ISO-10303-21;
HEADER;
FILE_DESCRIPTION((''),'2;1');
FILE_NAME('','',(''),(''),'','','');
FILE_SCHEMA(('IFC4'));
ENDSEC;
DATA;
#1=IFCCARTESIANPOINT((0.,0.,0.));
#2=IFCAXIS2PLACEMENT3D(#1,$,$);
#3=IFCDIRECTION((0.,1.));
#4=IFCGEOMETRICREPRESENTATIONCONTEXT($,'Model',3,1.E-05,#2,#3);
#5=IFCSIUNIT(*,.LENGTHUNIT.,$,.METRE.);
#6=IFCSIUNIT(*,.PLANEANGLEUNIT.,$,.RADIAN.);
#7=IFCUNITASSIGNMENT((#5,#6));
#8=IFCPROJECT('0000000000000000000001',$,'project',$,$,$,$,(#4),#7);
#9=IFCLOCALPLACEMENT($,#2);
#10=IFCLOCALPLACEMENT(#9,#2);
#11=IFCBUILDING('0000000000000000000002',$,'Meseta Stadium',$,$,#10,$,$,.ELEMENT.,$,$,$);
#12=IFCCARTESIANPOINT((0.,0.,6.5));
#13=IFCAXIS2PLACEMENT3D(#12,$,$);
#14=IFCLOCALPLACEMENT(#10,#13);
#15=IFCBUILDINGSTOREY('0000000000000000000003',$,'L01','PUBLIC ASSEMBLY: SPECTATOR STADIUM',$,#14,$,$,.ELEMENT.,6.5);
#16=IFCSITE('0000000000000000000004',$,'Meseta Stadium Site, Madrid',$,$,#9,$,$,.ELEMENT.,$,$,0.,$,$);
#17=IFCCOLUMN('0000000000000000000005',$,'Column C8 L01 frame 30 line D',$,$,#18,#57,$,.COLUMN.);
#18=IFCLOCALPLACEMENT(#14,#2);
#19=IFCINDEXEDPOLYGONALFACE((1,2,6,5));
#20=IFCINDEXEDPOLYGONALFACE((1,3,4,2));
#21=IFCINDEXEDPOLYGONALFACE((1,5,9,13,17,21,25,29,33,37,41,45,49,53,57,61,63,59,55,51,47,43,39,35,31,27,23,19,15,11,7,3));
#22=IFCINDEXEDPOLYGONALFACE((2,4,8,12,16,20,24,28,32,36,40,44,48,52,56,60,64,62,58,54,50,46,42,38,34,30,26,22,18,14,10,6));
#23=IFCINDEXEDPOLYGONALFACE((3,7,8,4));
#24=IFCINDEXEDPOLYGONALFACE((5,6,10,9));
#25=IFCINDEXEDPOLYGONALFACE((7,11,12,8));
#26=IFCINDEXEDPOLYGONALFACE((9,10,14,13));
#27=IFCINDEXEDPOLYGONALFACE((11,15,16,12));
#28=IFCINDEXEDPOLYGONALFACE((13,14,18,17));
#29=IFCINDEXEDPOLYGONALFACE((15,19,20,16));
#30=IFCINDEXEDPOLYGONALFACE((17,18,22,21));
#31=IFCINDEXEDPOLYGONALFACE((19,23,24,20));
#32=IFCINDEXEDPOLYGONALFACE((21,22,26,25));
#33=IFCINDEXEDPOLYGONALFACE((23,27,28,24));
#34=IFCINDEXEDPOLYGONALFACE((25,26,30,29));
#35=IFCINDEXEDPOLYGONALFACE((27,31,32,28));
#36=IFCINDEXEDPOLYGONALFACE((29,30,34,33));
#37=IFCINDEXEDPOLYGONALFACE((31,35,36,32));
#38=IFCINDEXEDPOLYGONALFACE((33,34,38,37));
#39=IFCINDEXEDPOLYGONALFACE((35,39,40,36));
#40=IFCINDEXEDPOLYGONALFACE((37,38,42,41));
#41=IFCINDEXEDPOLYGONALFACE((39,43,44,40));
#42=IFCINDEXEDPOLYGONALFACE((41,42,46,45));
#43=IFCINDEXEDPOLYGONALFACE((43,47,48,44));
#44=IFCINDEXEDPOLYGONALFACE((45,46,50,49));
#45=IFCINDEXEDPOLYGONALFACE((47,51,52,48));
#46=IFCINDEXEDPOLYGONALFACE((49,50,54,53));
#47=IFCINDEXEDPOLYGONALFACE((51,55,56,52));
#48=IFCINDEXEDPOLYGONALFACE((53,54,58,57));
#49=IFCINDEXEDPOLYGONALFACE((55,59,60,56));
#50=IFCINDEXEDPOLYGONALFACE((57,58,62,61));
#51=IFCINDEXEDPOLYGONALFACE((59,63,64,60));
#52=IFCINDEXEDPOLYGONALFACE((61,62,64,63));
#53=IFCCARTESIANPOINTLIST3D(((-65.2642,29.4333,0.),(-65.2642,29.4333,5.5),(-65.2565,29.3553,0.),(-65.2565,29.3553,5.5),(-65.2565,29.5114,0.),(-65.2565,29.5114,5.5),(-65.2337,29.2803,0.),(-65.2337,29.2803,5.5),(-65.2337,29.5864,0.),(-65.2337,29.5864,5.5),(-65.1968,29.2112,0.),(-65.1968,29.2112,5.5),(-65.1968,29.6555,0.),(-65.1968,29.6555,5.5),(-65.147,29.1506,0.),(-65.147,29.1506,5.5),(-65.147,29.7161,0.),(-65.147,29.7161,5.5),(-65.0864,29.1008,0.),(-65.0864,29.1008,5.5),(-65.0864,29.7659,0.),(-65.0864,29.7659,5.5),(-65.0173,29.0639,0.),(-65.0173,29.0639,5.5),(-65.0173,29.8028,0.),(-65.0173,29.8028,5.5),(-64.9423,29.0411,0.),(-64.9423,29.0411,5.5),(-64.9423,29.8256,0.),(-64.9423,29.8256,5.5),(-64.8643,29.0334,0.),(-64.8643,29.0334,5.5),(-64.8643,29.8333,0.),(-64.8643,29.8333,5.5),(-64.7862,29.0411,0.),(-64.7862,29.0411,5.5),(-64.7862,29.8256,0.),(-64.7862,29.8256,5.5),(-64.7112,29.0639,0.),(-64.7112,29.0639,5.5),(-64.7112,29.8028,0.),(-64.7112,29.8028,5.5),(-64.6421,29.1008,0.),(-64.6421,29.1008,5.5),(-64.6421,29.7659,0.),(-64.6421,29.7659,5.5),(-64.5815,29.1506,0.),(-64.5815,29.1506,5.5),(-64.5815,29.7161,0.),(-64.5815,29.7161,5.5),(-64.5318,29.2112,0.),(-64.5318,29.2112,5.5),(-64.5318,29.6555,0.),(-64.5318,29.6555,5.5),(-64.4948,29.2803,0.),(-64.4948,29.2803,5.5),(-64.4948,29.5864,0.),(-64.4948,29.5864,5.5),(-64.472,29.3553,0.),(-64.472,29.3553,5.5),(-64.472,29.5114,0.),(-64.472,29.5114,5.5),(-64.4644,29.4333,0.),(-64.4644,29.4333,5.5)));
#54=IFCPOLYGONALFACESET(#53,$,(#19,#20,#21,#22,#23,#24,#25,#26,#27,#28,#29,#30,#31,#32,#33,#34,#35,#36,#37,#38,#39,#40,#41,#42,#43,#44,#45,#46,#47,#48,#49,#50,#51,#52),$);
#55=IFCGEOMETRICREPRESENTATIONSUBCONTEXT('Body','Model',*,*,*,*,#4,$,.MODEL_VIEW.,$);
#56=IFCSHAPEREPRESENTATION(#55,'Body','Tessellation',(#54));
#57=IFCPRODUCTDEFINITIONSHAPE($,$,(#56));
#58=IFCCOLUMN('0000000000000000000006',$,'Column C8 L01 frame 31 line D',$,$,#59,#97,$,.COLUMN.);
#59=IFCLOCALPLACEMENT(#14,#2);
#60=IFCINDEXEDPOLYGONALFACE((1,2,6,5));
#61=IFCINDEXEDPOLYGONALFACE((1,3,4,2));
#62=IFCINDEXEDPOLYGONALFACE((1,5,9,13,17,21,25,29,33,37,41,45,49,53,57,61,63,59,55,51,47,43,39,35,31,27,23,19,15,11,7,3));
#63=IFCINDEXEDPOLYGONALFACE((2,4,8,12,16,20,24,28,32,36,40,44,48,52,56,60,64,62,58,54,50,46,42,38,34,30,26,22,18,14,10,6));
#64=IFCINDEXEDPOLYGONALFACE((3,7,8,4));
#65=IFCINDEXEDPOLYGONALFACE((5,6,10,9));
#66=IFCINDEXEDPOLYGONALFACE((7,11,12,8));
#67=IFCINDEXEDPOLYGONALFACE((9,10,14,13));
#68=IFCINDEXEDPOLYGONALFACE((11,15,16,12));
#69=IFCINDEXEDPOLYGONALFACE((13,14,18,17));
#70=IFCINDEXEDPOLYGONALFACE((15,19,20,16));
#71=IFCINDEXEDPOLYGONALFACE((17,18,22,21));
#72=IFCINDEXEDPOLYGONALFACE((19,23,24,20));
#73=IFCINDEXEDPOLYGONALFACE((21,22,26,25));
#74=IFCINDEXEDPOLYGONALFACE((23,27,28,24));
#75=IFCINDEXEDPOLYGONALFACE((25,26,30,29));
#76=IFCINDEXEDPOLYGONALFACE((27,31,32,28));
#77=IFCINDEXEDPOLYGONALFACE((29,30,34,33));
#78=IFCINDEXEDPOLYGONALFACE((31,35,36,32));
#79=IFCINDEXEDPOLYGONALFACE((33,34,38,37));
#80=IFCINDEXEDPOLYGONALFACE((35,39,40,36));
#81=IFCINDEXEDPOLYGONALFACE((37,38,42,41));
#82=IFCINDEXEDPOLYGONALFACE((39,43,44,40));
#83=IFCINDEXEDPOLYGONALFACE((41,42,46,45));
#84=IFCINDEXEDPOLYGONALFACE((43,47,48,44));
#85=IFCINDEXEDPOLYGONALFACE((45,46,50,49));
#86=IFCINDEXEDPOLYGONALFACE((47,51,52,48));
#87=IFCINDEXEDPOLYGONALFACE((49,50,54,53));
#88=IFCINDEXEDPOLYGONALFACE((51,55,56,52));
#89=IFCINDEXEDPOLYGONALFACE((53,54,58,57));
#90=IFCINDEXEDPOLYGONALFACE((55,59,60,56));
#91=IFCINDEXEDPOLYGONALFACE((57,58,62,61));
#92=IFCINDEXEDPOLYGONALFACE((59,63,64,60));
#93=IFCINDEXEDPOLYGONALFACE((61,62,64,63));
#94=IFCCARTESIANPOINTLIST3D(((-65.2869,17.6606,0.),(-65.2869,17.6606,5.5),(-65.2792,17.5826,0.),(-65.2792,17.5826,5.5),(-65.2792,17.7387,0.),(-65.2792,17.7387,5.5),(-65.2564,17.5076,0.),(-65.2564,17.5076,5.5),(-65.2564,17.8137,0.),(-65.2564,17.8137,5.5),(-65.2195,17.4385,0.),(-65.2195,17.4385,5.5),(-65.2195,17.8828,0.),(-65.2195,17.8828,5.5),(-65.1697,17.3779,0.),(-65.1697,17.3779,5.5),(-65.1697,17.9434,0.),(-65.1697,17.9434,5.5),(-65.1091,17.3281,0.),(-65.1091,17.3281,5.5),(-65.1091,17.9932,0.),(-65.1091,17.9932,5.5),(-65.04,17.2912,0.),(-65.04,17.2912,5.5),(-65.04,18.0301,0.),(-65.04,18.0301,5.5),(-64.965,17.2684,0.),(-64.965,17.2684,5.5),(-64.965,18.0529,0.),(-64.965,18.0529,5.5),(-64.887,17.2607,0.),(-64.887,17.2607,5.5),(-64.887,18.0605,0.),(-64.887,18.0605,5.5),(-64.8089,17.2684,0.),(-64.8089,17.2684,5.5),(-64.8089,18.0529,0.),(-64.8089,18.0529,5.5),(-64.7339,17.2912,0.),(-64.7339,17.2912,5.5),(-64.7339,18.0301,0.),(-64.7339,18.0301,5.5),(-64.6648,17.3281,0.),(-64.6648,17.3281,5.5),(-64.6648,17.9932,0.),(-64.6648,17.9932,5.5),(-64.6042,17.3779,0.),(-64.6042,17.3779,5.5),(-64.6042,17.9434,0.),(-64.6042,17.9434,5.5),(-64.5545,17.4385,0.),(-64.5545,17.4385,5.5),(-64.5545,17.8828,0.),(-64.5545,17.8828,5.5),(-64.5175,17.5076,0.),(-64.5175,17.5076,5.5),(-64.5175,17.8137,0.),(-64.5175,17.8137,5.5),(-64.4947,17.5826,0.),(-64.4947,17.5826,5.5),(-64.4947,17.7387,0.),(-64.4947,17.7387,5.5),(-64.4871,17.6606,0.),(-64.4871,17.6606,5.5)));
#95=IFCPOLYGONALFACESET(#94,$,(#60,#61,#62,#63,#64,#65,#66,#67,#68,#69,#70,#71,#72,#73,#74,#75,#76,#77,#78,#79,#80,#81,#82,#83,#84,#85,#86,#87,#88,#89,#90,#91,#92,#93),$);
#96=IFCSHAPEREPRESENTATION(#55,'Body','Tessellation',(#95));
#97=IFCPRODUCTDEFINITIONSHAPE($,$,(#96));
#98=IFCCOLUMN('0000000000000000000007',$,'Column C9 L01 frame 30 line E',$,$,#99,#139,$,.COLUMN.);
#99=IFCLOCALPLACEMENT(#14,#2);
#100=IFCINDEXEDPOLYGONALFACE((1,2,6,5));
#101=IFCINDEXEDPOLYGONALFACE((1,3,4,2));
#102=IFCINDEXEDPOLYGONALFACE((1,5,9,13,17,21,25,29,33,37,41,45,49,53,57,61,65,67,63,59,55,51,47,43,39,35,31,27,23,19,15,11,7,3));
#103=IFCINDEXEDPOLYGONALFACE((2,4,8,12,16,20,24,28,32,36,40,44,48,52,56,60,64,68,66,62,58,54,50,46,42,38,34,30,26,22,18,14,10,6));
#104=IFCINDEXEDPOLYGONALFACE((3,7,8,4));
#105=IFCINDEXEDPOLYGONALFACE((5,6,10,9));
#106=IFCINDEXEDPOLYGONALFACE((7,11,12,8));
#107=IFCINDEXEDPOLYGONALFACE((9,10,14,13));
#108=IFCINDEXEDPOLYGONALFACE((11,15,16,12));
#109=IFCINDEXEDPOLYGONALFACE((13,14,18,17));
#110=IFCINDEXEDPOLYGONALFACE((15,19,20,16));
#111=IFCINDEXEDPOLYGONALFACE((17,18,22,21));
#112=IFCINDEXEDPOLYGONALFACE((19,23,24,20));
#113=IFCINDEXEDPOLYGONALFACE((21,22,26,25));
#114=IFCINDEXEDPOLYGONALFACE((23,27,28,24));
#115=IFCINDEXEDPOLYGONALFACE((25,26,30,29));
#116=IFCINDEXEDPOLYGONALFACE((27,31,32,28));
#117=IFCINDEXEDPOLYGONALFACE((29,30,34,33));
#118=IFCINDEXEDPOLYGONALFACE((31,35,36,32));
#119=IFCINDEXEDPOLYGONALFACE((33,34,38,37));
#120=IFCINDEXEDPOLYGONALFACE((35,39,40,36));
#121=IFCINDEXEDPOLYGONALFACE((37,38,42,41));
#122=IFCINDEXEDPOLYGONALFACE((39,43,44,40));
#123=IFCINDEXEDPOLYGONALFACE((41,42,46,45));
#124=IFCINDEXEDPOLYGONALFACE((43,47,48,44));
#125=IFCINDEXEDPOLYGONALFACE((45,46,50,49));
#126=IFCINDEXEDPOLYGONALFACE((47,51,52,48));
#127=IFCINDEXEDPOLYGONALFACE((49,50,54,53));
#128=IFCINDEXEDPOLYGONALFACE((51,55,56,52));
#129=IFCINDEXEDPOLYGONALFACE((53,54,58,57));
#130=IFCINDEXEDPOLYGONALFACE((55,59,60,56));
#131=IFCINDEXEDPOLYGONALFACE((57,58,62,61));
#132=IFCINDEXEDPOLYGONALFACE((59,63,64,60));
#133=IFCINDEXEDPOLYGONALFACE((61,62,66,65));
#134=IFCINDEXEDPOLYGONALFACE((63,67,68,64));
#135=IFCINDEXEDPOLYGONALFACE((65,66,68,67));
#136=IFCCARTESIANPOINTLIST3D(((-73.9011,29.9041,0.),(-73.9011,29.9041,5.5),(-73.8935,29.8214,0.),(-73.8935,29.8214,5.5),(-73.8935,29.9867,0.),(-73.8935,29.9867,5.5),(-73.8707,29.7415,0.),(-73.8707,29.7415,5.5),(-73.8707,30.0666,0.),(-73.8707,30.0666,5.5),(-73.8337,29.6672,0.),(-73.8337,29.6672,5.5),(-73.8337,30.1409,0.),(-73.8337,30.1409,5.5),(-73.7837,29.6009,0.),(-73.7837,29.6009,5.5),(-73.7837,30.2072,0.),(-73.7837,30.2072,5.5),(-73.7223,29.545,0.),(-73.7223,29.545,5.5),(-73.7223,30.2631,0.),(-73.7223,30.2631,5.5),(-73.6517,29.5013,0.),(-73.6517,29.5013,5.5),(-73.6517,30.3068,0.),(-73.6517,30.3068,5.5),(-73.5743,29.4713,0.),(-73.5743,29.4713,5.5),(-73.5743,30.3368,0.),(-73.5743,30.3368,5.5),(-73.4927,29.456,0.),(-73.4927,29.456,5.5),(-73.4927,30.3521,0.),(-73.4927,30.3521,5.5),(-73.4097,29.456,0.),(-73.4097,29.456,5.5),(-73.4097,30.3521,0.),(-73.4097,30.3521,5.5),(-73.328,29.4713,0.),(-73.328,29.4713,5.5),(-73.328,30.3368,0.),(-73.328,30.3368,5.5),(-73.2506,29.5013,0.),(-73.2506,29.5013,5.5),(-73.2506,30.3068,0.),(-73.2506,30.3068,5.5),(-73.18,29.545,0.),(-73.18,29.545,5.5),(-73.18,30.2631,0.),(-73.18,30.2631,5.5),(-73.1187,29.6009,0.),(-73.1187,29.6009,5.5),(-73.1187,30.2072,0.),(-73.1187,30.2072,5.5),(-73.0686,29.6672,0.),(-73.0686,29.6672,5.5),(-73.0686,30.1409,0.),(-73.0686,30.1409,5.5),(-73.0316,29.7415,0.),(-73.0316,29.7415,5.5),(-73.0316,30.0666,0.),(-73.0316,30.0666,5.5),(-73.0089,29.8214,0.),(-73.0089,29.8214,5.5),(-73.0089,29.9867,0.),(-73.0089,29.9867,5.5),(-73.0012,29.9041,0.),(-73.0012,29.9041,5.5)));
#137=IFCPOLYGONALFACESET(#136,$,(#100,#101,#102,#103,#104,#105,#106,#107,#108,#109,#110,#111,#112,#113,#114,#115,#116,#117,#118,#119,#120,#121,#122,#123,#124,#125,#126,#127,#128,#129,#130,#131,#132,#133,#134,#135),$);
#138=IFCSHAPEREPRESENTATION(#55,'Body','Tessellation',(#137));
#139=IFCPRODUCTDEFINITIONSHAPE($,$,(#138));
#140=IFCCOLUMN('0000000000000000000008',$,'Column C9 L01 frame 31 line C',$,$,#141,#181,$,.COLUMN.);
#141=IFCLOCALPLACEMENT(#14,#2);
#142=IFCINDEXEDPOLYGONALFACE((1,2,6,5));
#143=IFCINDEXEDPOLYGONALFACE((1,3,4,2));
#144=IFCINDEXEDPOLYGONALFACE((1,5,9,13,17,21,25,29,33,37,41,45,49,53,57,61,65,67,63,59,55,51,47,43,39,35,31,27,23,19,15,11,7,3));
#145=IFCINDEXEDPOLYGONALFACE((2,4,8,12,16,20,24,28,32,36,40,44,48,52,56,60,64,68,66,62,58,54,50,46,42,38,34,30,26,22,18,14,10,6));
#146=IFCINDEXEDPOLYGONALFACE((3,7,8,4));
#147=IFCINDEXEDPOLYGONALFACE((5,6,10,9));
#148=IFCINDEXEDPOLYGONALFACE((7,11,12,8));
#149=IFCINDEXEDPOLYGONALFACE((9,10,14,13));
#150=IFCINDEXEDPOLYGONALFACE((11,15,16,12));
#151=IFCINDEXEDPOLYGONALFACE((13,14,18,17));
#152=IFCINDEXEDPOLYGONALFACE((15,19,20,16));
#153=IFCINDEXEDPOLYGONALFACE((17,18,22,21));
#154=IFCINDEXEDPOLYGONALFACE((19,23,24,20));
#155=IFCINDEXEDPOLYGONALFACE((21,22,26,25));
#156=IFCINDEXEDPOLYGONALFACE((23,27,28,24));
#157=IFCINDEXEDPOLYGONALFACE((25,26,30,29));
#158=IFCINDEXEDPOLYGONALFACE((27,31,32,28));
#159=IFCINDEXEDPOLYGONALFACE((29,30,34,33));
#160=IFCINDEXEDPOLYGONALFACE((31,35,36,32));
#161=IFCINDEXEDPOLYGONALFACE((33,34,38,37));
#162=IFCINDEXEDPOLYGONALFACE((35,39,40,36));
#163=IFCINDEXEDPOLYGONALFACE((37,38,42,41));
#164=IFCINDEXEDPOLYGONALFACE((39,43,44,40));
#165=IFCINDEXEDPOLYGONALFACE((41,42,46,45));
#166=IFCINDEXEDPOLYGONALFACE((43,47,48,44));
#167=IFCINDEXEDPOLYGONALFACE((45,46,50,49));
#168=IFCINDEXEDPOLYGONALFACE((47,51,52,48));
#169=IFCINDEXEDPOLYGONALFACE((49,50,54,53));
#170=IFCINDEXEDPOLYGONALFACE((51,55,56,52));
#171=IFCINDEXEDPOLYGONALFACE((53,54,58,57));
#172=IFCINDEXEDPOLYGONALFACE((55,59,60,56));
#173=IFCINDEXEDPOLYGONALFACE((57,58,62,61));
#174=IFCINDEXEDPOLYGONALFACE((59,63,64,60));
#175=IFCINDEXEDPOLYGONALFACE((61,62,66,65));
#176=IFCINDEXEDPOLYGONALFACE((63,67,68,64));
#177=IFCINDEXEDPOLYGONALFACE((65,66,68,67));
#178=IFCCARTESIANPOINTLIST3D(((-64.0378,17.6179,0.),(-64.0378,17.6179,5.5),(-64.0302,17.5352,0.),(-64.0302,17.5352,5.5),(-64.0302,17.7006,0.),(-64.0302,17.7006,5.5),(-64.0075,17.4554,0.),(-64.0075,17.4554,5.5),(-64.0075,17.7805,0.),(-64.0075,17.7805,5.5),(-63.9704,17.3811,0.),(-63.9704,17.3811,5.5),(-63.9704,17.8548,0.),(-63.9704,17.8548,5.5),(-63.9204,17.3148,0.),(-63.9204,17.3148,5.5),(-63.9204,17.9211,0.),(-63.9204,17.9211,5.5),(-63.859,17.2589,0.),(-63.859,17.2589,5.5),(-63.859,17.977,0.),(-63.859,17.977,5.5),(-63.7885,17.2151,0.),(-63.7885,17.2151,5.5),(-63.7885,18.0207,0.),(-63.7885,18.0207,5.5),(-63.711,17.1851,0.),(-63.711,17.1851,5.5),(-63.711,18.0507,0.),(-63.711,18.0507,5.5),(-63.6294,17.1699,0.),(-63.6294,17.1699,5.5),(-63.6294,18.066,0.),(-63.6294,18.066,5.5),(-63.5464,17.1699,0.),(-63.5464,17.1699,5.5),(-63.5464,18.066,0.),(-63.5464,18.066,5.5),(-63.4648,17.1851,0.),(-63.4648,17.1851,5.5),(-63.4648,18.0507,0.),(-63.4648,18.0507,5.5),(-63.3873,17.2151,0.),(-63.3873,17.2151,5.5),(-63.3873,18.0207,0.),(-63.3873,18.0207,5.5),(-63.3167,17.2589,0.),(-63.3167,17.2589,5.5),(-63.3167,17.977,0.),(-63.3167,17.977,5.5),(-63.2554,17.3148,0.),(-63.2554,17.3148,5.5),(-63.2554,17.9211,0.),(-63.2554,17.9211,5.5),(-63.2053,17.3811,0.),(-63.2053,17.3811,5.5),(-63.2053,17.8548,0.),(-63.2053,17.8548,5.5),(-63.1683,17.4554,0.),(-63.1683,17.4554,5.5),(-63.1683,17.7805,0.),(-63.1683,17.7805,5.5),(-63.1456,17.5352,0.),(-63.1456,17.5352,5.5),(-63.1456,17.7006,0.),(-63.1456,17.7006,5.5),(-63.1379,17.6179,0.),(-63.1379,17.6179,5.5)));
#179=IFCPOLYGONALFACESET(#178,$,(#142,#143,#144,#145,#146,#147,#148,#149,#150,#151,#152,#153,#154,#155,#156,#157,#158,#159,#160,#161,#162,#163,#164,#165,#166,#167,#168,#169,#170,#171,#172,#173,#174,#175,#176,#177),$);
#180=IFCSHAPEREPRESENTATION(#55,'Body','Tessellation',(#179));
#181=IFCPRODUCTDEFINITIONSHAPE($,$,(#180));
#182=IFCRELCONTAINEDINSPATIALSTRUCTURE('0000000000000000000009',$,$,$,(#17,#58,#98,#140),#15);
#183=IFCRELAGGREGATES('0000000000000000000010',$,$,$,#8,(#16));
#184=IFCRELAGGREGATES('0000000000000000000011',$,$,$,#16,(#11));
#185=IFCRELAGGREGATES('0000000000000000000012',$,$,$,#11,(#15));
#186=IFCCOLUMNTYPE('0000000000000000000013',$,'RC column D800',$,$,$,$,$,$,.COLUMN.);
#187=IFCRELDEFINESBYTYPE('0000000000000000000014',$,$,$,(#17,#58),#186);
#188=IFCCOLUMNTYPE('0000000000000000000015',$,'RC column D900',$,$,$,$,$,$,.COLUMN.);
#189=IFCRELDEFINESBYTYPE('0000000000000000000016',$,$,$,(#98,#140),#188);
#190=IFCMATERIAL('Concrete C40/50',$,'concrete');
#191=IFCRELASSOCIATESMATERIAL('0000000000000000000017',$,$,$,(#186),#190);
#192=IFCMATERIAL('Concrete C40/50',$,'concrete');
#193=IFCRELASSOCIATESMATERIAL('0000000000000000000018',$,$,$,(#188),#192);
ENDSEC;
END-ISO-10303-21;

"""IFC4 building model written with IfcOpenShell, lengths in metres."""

from ifc_helpers import new_model, si_unit, direction, frame, origin, origin_2d, place, context, subcontext, project, spatial, circle, extrude, material, material_profile, profile_set, type_object, element, save


model = new_model("IFC4")

# Units and contexts
model_context = context("Model", 3, precision=1e-05, world=origin(), true_north=direction((0.0, 1.0)))
body_context = subcontext(model_context, "Body", "Model", "MODEL_VIEW")
ifc_project = project(units=[si_unit("LENGTHUNIT", "METRE"), si_unit("PLANEANGLEUNIT", "RADIAN")], contexts=[model_context])

# Site, building, storey
site_placement = place(None, origin())
site = spatial("IfcSite", under=ifc_project, at=site_placement, Name="Meseta Stadium Site, Madrid", CompositionType="ELEMENT", RefElevation=0.0)
building_placement = place(site_placement, origin())
building = spatial("IfcBuilding", under=site, at=building_placement, Name="Meseta Stadium", CompositionType="ELEMENT")
storey_placement = place(building_placement, frame((0.0, 0.0, 6.5)))
storey = spatial("IfcBuildingStorey", under=building, at=storey_placement, Name="L01", Description="PUBLIC ASSEMBLY: SPECTATOR STADIUM", CompositionType="ELEMENT", Elevation=6.5)

# Columns
ifc_material_1 = material(Name="Concrete C40/50", Category="concrete")
ifc_material_profile_1 = material_profile(ifc_material_1, circle(Radius=0.3999, at=origin_2d()), Name="RC D800")
ifc_profile_set_1 = profile_set([ifc_material_profile_1], Name="Concrete C40/50")
column_type_1 = type_object("IfcColumnType", Name="RC column D800", PredefinedType="COLUMN", material=ifc_profile_set_1)
for number, where, z_axis, x_axis, name in (
    (1, (-64.8643, 29.4333, 0.0), (0.0, 0.0, 1.0), (1.0, 0.0, 0.0), "Column C8 L01 frame 30 line D"),
    (2, (-64.887, 17.6606, 0.0), (0.0, 0.0, 1.0), (1.0, 0.0, 0.0), "Column C8 L01 frame 31 line D"),
):
    element("IfcColumn", number, at=place(storey_placement, frame(where, z_axis=z_axis, x_axis=x_axis)), inside=storey, type_object=column_type_1, Name=name, PredefinedType="COLUMN", context=body_context, shape_type="SweptSolid", body=[
        extrude(circle(Radius=0.3999, at=origin_2d()), origin(), (0.0, 0.0, 1.0), 5.5),
    ])
ifc_material_2 = material(Name="Concrete C40/50", Category="concrete")
ifc_material_profile_2 = material_profile(ifc_material_2, circle(Radius=0.45, at=origin_2d()), Name="RC D900")
ifc_profile_set_2 = profile_set([ifc_material_profile_2], Name="Concrete C40/50")
column_type_2 = type_object("IfcColumnType", Name="RC column D900", PredefinedType="COLUMN", material=ifc_profile_set_2)
for number, where, z_axis, x_axis, name in (
    (3, (-73.4512, 29.9041, 0.0), (0.0, 0.0, 1.0), (1.0, 0.0, 0.0), "Column C9 L01 frame 30 line E"),
    (4, (-63.5879, 17.6179, 0.0), (0.0, 0.0, 1.0), (1.0, 0.0, 0.0), "Column C9 L01 frame 31 line C"),
):
    element("IfcColumn", number, at=place(storey_placement, frame(where, z_axis=z_axis, x_axis=x_axis)), inside=storey, type_object=column_type_2, Name=name, PredefinedType="COLUMN", context=body_context, shape_type="SweptSolid", body=[
        extrude(circle(Radius=0.45, at=origin_2d()), origin(), (0.0, 0.0, 1.0), 5.5),
    ])

save(model, "model.ifc")
